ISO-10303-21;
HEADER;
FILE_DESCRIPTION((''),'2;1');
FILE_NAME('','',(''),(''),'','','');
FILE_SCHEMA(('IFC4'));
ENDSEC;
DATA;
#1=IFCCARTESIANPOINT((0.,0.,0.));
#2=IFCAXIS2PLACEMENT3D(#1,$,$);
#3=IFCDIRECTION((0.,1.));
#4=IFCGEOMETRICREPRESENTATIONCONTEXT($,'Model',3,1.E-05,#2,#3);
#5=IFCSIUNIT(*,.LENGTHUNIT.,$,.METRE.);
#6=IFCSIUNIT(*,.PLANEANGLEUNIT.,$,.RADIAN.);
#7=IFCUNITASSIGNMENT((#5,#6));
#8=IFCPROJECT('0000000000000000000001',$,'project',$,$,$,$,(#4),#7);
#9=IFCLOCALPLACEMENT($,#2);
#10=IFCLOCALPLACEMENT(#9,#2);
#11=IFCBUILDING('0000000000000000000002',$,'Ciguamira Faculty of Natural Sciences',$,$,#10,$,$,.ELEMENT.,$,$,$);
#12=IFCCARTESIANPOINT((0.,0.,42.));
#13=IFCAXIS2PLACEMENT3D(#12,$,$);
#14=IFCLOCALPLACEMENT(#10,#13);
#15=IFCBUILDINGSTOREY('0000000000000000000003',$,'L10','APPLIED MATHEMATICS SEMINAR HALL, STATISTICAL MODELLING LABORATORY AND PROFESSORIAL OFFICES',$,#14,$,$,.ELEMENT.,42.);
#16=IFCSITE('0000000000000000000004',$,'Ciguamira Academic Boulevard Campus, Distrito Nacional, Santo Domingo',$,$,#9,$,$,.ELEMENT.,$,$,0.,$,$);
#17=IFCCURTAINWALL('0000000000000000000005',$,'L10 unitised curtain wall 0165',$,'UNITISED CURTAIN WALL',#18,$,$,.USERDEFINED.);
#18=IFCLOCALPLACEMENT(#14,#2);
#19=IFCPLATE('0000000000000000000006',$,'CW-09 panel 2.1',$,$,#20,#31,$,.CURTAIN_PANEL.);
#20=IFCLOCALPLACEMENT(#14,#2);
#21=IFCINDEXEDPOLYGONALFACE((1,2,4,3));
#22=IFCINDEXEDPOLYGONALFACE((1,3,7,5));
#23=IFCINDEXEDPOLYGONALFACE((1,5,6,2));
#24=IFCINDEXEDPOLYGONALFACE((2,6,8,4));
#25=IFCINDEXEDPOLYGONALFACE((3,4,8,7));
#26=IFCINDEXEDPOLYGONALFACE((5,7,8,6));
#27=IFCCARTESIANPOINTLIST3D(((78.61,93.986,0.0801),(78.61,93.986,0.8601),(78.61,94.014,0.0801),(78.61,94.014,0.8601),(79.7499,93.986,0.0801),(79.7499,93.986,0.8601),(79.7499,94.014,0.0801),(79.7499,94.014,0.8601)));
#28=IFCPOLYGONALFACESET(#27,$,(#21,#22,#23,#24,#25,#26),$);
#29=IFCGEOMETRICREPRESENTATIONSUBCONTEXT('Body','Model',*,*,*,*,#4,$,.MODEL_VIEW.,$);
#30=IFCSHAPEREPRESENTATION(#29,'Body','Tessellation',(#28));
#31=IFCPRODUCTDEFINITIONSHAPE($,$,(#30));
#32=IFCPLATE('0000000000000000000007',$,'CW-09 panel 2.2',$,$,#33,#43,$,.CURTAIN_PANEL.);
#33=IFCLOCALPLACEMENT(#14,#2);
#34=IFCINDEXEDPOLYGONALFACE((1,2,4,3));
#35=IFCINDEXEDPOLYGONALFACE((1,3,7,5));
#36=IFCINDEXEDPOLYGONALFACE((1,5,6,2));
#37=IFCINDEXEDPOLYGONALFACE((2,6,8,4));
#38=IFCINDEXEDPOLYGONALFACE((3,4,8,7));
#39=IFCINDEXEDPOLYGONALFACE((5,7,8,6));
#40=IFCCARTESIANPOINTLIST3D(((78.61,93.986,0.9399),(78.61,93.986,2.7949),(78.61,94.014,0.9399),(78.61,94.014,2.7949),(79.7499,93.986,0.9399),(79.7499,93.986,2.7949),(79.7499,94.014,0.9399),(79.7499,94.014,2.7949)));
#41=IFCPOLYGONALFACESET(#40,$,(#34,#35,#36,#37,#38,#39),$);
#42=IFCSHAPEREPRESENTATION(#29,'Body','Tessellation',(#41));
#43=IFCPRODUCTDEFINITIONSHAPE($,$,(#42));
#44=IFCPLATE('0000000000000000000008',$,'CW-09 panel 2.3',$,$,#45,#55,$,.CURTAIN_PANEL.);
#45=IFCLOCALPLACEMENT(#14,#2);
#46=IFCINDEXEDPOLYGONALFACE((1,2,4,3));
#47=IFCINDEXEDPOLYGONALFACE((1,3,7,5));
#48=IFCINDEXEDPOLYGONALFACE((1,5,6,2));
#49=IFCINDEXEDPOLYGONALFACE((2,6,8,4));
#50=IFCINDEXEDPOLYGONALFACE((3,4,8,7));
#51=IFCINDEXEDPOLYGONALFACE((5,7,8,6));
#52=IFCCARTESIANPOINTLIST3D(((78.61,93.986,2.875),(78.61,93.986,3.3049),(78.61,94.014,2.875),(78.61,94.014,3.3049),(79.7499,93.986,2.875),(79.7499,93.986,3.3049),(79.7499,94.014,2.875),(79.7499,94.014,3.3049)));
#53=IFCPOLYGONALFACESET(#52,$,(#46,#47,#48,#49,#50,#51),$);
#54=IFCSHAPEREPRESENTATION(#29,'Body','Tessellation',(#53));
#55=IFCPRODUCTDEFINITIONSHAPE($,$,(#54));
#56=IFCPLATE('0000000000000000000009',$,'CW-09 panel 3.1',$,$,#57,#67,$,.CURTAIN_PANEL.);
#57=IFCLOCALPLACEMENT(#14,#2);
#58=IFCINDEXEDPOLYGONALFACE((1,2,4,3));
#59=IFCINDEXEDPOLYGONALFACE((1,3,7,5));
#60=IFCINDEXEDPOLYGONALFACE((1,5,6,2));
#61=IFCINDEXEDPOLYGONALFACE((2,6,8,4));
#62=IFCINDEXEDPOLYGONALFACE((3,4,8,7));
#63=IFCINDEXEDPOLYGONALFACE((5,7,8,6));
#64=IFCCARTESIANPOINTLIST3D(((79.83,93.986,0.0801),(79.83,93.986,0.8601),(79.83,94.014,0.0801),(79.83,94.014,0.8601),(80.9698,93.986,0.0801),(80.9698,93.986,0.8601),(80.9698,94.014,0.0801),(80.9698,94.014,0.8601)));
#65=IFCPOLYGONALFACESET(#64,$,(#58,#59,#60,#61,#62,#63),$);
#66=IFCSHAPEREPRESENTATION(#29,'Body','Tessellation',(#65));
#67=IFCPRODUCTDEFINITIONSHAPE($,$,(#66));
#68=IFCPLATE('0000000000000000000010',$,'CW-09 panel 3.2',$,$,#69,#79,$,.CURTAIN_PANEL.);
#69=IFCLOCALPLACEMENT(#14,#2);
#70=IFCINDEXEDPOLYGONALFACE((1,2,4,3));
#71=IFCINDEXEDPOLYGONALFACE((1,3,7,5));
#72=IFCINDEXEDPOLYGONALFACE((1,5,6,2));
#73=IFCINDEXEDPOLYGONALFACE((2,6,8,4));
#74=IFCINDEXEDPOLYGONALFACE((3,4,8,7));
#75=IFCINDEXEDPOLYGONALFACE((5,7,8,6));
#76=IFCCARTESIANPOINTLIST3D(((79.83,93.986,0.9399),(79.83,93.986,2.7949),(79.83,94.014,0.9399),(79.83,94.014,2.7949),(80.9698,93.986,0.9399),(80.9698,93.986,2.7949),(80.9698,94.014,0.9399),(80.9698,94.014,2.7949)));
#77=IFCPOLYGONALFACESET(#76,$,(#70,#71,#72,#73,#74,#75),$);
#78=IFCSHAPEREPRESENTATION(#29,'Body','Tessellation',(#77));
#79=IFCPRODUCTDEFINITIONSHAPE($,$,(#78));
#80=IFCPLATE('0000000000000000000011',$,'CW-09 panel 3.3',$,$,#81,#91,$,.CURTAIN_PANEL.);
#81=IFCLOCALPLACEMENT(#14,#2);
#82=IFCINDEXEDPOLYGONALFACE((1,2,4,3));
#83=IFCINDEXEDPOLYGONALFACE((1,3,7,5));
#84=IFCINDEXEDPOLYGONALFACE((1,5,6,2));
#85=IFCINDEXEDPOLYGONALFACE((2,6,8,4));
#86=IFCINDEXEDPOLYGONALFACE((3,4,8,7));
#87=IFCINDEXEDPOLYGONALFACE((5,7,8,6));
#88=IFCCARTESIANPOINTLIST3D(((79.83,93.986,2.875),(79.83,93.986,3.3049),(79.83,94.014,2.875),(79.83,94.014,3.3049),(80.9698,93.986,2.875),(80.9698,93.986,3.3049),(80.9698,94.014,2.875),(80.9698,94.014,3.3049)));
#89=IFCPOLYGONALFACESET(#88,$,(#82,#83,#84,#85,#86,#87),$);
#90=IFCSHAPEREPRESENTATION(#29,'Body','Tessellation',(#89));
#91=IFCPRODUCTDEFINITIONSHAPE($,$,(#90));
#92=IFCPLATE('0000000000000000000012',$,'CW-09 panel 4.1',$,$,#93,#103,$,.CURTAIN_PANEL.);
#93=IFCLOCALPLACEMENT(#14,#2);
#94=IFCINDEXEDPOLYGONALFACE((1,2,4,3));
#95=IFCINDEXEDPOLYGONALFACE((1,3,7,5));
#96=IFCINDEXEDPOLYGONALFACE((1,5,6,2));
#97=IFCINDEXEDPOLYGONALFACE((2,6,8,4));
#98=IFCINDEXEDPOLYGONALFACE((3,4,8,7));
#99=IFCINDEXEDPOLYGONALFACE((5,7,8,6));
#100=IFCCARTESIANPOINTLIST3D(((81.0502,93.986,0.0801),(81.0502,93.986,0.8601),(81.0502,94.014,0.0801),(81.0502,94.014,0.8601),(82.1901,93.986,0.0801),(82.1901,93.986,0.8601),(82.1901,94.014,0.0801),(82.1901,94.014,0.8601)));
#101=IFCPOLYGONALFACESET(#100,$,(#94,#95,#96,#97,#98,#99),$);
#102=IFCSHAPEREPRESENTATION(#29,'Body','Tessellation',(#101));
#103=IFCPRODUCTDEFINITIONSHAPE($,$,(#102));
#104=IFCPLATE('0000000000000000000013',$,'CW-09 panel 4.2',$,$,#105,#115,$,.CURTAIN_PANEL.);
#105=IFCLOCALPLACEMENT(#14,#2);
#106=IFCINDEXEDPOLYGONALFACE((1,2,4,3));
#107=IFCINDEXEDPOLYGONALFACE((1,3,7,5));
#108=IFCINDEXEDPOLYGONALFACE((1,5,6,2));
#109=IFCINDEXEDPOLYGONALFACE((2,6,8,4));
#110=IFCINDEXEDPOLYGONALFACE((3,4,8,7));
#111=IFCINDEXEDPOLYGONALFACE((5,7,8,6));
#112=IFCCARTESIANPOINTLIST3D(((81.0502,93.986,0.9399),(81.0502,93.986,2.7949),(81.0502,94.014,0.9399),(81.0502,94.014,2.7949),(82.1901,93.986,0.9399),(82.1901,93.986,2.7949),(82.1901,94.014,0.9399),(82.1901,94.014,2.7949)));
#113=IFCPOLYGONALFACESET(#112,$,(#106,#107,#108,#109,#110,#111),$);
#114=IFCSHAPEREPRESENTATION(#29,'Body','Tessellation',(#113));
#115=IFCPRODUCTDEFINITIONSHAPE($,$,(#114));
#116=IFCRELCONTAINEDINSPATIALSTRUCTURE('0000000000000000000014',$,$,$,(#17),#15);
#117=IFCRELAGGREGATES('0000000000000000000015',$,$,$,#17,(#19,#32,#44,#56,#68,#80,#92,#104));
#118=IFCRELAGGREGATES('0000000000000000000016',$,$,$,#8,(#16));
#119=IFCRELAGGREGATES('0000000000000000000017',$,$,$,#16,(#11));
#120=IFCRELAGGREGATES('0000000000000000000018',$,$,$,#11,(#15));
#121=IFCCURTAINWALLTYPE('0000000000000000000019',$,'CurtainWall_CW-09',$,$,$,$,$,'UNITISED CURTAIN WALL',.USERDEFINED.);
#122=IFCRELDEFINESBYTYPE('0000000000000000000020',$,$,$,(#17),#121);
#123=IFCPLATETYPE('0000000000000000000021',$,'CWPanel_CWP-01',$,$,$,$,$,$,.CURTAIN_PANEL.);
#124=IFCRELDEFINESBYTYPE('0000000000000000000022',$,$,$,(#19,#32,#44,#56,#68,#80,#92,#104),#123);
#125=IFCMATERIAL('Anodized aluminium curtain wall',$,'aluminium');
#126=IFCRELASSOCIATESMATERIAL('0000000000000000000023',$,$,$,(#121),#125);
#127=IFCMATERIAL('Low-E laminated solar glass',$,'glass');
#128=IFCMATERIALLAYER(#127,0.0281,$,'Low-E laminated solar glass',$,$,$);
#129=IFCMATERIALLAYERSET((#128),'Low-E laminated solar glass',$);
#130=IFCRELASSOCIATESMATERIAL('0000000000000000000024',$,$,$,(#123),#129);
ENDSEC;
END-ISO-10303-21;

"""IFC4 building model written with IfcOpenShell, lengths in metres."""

from ifc_helpers import new_model, si_unit, direction, frame, origin, origin_2d, place, context, subcontext, project, spatial, rectangle, extrude, material, layer, layer_set, type_object, element, aggregate, save


model = new_model("IFC4")

# Units and contexts
model_context = context("Model", 3, precision=1e-05, world=origin(), true_north=direction((0.0, 1.0)))
body_context = subcontext(model_context, "Body", "Model", "MODEL_VIEW")
ifc_project = project(units=[si_unit("LENGTHUNIT", "METRE"), si_unit("PLANEANGLEUNIT", "RADIAN")], contexts=[model_context])

# Site, building, storey
site_placement = place(None, origin())
site = spatial("IfcSite", under=ifc_project, at=site_placement, Name="Ciguamira Academic Boulevard Campus, Distrito Nacional, Santo Domingo", CompositionType="ELEMENT", RefElevation=0.0)
building_placement = place(site_placement, origin())
building = spatial("IfcBuilding", under=site, at=building_placement, Name="Ciguamira Faculty of Natural Sciences", CompositionType="ELEMENT")
storey_placement = place(building_placement, frame((0.0, 0.0, 42.0)))
storey = spatial("IfcBuildingStorey", under=building, at=storey_placement, Name="L10", Description="APPLIED MATHEMATICS SEMINAR HALL, STATISTICAL MODELLING LABORATORY AND PROFESSORIAL OFFICES", CompositionType="ELEMENT", Elevation=42.0)

# Curtain wall, plates
ifc_material_1 = material(Name="Anodized aluminium curtain wall", Category="aluminium")
curtain_wall_type = type_object("IfcCurtainWallType", Name="CurtainWall_CW-09", ElementType="UNITISED CURTAIN WALL", PredefinedType="USERDEFINED", material=ifc_material_1)
curtain_wall_placement = place(storey_placement, origin())
curtain_wall = element("IfcCurtainWall", 1, at=curtain_wall_placement, inside=storey, type_object=curtain_wall_type, Name="L10 unitised curtain wall 0165", ObjectType="UNITISED CURTAIN WALL", PredefinedType="USERDEFINED")
ifc_material_2 = material(Name="Low-E laminated solar glass", Category="glass")
ifc_layer = layer(ifc_material_2, 0.0281, Name="Low-E laminated solar glass")
ifc_layer_set = layer_set([ifc_layer], Name="Low-E laminated solar glass")
plate_type = type_object("IfcPlateType", Name="CWPanel_CWP-01", PredefinedType="CURTAIN_PANEL", material=ifc_layer_set)
plate_1_placement = place(storey_placement, frame((79.1799, 94.0, 0.0801), z_axis=(0.0, 0.0, 1.0), x_axis=(1.0, 0.0, 0.0)))
plate_1 = element("IfcPlate", 2, at=plate_1_placement, type_object=plate_type, Name="CW-09 panel 2.1", PredefinedType="CURTAIN_PANEL", context=body_context, shape_type="SweptSolid", body=[
    extrude(rectangle(XDim=1.1399, YDim=0.0281, at=origin_2d()), origin(), (0.0, 0.0, 1.0), 0.78),
])
plate_2_placement = place(storey_placement, frame((79.1799, 94.0, 0.9399), z_axis=(0.0, 0.0, 1.0), x_axis=(1.0, 0.0, 0.0)))
plate_2 = element("IfcPlate", 3, at=plate_2_placement, type_object=plate_type, Name="CW-09 panel 2.2", PredefinedType="CURTAIN_PANEL", context=body_context, shape_type="SweptSolid", body=[
    extrude(rectangle(XDim=1.1399, YDim=0.0281, at=origin_2d()), origin(), (0.0, 0.0, 1.0), 1.855),
])
plate_3_placement = place(storey_placement, frame((79.1799, 94.0, 2.875), z_axis=(0.0, 0.0, 1.0), x_axis=(1.0, 0.0, 0.0)))
plate_3 = element("IfcPlate", 4, at=plate_3_placement, type_object=plate_type, Name="CW-09 panel 2.3", PredefinedType="CURTAIN_PANEL", context=body_context, shape_type="SweptSolid", body=[
    extrude(rectangle(XDim=1.1399, YDim=0.0281, at=origin_2d()), origin(), (0.0, 0.0, 1.0), 0.4299),
])
plate_4_placement = place(storey_placement, frame((80.3999, 94.0, 0.0801), z_axis=(0.0, 0.0, 1.0), x_axis=(1.0, 0.0, 0.0)))
plate_4 = element("IfcPlate", 5, at=plate_4_placement, type_object=plate_type, Name="CW-09 panel 3.1", PredefinedType="CURTAIN_PANEL", context=body_context, shape_type="SweptSolid", body=[
    extrude(rectangle(XDim=1.1399, YDim=0.0281, at=origin_2d()), origin(), (0.0, 0.0, 1.0), 0.78),
])
plate_5_placement = place(storey_placement, frame((80.3999, 94.0, 0.9399), z_axis=(0.0, 0.0, 1.0), x_axis=(1.0, 0.0, 0.0)))
plate_5 = element("IfcPlate", 6, at=plate_5_placement, type_object=plate_type, Name="CW-09 panel 3.2", PredefinedType="CURTAIN_PANEL", context=body_context, shape_type="SweptSolid", body=[
    extrude(rectangle(XDim=1.1399, YDim=0.0281, at=origin_2d()), origin(), (0.0, 0.0, 1.0), 1.855),
])
plate_6_placement = place(storey_placement, frame((80.3999, 94.0, 2.875), z_axis=(0.0, 0.0, 1.0), x_axis=(1.0, 0.0, 0.0)))
plate_6 = element("IfcPlate", 7, at=plate_6_placement, type_object=plate_type, Name="CW-09 panel 3.3", PredefinedType="CURTAIN_PANEL", context=body_context, shape_type="SweptSolid", body=[
    extrude(rectangle(XDim=1.1399, YDim=0.0281, at=origin_2d()), origin(), (0.0, 0.0, 1.0), 0.4299),
])
plate_7_placement = place(storey_placement, frame((81.6201, 94.0, 0.0801), z_axis=(0.0, 0.0, 1.0), x_axis=(1.0, 0.0, 0.0)))
plate_7 = element("IfcPlate", 8, at=plate_7_placement, type_object=plate_type, Name="CW-09 panel 4.1", PredefinedType="CURTAIN_PANEL", context=body_context, shape_type="SweptSolid", body=[
    extrude(rectangle(XDim=1.1399, YDim=0.0281, at=origin_2d()), origin(), (0.0, 0.0, 1.0), 0.78),
])
plate_8_placement = place(storey_placement, frame((81.6201, 94.0, 0.9399), z_axis=(0.0, 0.0, 1.0), x_axis=(1.0, 0.0, 0.0)))
plate_8 = element("IfcPlate", 9, at=plate_8_placement, type_object=plate_type, Name="CW-09 panel 4.2", PredefinedType="CURTAIN_PANEL", context=body_context, shape_type="SweptSolid", body=[
    extrude(rectangle(XDim=1.1399, YDim=0.0281, at=origin_2d()), origin(), (0.0, 0.0, 1.0), 1.855),
])
aggregate(curtain_wall, [plate_1, plate_2, plate_3, plate_4, plate_5, plate_6, plate_7, plate_8])

save(model, "model.ifc")
